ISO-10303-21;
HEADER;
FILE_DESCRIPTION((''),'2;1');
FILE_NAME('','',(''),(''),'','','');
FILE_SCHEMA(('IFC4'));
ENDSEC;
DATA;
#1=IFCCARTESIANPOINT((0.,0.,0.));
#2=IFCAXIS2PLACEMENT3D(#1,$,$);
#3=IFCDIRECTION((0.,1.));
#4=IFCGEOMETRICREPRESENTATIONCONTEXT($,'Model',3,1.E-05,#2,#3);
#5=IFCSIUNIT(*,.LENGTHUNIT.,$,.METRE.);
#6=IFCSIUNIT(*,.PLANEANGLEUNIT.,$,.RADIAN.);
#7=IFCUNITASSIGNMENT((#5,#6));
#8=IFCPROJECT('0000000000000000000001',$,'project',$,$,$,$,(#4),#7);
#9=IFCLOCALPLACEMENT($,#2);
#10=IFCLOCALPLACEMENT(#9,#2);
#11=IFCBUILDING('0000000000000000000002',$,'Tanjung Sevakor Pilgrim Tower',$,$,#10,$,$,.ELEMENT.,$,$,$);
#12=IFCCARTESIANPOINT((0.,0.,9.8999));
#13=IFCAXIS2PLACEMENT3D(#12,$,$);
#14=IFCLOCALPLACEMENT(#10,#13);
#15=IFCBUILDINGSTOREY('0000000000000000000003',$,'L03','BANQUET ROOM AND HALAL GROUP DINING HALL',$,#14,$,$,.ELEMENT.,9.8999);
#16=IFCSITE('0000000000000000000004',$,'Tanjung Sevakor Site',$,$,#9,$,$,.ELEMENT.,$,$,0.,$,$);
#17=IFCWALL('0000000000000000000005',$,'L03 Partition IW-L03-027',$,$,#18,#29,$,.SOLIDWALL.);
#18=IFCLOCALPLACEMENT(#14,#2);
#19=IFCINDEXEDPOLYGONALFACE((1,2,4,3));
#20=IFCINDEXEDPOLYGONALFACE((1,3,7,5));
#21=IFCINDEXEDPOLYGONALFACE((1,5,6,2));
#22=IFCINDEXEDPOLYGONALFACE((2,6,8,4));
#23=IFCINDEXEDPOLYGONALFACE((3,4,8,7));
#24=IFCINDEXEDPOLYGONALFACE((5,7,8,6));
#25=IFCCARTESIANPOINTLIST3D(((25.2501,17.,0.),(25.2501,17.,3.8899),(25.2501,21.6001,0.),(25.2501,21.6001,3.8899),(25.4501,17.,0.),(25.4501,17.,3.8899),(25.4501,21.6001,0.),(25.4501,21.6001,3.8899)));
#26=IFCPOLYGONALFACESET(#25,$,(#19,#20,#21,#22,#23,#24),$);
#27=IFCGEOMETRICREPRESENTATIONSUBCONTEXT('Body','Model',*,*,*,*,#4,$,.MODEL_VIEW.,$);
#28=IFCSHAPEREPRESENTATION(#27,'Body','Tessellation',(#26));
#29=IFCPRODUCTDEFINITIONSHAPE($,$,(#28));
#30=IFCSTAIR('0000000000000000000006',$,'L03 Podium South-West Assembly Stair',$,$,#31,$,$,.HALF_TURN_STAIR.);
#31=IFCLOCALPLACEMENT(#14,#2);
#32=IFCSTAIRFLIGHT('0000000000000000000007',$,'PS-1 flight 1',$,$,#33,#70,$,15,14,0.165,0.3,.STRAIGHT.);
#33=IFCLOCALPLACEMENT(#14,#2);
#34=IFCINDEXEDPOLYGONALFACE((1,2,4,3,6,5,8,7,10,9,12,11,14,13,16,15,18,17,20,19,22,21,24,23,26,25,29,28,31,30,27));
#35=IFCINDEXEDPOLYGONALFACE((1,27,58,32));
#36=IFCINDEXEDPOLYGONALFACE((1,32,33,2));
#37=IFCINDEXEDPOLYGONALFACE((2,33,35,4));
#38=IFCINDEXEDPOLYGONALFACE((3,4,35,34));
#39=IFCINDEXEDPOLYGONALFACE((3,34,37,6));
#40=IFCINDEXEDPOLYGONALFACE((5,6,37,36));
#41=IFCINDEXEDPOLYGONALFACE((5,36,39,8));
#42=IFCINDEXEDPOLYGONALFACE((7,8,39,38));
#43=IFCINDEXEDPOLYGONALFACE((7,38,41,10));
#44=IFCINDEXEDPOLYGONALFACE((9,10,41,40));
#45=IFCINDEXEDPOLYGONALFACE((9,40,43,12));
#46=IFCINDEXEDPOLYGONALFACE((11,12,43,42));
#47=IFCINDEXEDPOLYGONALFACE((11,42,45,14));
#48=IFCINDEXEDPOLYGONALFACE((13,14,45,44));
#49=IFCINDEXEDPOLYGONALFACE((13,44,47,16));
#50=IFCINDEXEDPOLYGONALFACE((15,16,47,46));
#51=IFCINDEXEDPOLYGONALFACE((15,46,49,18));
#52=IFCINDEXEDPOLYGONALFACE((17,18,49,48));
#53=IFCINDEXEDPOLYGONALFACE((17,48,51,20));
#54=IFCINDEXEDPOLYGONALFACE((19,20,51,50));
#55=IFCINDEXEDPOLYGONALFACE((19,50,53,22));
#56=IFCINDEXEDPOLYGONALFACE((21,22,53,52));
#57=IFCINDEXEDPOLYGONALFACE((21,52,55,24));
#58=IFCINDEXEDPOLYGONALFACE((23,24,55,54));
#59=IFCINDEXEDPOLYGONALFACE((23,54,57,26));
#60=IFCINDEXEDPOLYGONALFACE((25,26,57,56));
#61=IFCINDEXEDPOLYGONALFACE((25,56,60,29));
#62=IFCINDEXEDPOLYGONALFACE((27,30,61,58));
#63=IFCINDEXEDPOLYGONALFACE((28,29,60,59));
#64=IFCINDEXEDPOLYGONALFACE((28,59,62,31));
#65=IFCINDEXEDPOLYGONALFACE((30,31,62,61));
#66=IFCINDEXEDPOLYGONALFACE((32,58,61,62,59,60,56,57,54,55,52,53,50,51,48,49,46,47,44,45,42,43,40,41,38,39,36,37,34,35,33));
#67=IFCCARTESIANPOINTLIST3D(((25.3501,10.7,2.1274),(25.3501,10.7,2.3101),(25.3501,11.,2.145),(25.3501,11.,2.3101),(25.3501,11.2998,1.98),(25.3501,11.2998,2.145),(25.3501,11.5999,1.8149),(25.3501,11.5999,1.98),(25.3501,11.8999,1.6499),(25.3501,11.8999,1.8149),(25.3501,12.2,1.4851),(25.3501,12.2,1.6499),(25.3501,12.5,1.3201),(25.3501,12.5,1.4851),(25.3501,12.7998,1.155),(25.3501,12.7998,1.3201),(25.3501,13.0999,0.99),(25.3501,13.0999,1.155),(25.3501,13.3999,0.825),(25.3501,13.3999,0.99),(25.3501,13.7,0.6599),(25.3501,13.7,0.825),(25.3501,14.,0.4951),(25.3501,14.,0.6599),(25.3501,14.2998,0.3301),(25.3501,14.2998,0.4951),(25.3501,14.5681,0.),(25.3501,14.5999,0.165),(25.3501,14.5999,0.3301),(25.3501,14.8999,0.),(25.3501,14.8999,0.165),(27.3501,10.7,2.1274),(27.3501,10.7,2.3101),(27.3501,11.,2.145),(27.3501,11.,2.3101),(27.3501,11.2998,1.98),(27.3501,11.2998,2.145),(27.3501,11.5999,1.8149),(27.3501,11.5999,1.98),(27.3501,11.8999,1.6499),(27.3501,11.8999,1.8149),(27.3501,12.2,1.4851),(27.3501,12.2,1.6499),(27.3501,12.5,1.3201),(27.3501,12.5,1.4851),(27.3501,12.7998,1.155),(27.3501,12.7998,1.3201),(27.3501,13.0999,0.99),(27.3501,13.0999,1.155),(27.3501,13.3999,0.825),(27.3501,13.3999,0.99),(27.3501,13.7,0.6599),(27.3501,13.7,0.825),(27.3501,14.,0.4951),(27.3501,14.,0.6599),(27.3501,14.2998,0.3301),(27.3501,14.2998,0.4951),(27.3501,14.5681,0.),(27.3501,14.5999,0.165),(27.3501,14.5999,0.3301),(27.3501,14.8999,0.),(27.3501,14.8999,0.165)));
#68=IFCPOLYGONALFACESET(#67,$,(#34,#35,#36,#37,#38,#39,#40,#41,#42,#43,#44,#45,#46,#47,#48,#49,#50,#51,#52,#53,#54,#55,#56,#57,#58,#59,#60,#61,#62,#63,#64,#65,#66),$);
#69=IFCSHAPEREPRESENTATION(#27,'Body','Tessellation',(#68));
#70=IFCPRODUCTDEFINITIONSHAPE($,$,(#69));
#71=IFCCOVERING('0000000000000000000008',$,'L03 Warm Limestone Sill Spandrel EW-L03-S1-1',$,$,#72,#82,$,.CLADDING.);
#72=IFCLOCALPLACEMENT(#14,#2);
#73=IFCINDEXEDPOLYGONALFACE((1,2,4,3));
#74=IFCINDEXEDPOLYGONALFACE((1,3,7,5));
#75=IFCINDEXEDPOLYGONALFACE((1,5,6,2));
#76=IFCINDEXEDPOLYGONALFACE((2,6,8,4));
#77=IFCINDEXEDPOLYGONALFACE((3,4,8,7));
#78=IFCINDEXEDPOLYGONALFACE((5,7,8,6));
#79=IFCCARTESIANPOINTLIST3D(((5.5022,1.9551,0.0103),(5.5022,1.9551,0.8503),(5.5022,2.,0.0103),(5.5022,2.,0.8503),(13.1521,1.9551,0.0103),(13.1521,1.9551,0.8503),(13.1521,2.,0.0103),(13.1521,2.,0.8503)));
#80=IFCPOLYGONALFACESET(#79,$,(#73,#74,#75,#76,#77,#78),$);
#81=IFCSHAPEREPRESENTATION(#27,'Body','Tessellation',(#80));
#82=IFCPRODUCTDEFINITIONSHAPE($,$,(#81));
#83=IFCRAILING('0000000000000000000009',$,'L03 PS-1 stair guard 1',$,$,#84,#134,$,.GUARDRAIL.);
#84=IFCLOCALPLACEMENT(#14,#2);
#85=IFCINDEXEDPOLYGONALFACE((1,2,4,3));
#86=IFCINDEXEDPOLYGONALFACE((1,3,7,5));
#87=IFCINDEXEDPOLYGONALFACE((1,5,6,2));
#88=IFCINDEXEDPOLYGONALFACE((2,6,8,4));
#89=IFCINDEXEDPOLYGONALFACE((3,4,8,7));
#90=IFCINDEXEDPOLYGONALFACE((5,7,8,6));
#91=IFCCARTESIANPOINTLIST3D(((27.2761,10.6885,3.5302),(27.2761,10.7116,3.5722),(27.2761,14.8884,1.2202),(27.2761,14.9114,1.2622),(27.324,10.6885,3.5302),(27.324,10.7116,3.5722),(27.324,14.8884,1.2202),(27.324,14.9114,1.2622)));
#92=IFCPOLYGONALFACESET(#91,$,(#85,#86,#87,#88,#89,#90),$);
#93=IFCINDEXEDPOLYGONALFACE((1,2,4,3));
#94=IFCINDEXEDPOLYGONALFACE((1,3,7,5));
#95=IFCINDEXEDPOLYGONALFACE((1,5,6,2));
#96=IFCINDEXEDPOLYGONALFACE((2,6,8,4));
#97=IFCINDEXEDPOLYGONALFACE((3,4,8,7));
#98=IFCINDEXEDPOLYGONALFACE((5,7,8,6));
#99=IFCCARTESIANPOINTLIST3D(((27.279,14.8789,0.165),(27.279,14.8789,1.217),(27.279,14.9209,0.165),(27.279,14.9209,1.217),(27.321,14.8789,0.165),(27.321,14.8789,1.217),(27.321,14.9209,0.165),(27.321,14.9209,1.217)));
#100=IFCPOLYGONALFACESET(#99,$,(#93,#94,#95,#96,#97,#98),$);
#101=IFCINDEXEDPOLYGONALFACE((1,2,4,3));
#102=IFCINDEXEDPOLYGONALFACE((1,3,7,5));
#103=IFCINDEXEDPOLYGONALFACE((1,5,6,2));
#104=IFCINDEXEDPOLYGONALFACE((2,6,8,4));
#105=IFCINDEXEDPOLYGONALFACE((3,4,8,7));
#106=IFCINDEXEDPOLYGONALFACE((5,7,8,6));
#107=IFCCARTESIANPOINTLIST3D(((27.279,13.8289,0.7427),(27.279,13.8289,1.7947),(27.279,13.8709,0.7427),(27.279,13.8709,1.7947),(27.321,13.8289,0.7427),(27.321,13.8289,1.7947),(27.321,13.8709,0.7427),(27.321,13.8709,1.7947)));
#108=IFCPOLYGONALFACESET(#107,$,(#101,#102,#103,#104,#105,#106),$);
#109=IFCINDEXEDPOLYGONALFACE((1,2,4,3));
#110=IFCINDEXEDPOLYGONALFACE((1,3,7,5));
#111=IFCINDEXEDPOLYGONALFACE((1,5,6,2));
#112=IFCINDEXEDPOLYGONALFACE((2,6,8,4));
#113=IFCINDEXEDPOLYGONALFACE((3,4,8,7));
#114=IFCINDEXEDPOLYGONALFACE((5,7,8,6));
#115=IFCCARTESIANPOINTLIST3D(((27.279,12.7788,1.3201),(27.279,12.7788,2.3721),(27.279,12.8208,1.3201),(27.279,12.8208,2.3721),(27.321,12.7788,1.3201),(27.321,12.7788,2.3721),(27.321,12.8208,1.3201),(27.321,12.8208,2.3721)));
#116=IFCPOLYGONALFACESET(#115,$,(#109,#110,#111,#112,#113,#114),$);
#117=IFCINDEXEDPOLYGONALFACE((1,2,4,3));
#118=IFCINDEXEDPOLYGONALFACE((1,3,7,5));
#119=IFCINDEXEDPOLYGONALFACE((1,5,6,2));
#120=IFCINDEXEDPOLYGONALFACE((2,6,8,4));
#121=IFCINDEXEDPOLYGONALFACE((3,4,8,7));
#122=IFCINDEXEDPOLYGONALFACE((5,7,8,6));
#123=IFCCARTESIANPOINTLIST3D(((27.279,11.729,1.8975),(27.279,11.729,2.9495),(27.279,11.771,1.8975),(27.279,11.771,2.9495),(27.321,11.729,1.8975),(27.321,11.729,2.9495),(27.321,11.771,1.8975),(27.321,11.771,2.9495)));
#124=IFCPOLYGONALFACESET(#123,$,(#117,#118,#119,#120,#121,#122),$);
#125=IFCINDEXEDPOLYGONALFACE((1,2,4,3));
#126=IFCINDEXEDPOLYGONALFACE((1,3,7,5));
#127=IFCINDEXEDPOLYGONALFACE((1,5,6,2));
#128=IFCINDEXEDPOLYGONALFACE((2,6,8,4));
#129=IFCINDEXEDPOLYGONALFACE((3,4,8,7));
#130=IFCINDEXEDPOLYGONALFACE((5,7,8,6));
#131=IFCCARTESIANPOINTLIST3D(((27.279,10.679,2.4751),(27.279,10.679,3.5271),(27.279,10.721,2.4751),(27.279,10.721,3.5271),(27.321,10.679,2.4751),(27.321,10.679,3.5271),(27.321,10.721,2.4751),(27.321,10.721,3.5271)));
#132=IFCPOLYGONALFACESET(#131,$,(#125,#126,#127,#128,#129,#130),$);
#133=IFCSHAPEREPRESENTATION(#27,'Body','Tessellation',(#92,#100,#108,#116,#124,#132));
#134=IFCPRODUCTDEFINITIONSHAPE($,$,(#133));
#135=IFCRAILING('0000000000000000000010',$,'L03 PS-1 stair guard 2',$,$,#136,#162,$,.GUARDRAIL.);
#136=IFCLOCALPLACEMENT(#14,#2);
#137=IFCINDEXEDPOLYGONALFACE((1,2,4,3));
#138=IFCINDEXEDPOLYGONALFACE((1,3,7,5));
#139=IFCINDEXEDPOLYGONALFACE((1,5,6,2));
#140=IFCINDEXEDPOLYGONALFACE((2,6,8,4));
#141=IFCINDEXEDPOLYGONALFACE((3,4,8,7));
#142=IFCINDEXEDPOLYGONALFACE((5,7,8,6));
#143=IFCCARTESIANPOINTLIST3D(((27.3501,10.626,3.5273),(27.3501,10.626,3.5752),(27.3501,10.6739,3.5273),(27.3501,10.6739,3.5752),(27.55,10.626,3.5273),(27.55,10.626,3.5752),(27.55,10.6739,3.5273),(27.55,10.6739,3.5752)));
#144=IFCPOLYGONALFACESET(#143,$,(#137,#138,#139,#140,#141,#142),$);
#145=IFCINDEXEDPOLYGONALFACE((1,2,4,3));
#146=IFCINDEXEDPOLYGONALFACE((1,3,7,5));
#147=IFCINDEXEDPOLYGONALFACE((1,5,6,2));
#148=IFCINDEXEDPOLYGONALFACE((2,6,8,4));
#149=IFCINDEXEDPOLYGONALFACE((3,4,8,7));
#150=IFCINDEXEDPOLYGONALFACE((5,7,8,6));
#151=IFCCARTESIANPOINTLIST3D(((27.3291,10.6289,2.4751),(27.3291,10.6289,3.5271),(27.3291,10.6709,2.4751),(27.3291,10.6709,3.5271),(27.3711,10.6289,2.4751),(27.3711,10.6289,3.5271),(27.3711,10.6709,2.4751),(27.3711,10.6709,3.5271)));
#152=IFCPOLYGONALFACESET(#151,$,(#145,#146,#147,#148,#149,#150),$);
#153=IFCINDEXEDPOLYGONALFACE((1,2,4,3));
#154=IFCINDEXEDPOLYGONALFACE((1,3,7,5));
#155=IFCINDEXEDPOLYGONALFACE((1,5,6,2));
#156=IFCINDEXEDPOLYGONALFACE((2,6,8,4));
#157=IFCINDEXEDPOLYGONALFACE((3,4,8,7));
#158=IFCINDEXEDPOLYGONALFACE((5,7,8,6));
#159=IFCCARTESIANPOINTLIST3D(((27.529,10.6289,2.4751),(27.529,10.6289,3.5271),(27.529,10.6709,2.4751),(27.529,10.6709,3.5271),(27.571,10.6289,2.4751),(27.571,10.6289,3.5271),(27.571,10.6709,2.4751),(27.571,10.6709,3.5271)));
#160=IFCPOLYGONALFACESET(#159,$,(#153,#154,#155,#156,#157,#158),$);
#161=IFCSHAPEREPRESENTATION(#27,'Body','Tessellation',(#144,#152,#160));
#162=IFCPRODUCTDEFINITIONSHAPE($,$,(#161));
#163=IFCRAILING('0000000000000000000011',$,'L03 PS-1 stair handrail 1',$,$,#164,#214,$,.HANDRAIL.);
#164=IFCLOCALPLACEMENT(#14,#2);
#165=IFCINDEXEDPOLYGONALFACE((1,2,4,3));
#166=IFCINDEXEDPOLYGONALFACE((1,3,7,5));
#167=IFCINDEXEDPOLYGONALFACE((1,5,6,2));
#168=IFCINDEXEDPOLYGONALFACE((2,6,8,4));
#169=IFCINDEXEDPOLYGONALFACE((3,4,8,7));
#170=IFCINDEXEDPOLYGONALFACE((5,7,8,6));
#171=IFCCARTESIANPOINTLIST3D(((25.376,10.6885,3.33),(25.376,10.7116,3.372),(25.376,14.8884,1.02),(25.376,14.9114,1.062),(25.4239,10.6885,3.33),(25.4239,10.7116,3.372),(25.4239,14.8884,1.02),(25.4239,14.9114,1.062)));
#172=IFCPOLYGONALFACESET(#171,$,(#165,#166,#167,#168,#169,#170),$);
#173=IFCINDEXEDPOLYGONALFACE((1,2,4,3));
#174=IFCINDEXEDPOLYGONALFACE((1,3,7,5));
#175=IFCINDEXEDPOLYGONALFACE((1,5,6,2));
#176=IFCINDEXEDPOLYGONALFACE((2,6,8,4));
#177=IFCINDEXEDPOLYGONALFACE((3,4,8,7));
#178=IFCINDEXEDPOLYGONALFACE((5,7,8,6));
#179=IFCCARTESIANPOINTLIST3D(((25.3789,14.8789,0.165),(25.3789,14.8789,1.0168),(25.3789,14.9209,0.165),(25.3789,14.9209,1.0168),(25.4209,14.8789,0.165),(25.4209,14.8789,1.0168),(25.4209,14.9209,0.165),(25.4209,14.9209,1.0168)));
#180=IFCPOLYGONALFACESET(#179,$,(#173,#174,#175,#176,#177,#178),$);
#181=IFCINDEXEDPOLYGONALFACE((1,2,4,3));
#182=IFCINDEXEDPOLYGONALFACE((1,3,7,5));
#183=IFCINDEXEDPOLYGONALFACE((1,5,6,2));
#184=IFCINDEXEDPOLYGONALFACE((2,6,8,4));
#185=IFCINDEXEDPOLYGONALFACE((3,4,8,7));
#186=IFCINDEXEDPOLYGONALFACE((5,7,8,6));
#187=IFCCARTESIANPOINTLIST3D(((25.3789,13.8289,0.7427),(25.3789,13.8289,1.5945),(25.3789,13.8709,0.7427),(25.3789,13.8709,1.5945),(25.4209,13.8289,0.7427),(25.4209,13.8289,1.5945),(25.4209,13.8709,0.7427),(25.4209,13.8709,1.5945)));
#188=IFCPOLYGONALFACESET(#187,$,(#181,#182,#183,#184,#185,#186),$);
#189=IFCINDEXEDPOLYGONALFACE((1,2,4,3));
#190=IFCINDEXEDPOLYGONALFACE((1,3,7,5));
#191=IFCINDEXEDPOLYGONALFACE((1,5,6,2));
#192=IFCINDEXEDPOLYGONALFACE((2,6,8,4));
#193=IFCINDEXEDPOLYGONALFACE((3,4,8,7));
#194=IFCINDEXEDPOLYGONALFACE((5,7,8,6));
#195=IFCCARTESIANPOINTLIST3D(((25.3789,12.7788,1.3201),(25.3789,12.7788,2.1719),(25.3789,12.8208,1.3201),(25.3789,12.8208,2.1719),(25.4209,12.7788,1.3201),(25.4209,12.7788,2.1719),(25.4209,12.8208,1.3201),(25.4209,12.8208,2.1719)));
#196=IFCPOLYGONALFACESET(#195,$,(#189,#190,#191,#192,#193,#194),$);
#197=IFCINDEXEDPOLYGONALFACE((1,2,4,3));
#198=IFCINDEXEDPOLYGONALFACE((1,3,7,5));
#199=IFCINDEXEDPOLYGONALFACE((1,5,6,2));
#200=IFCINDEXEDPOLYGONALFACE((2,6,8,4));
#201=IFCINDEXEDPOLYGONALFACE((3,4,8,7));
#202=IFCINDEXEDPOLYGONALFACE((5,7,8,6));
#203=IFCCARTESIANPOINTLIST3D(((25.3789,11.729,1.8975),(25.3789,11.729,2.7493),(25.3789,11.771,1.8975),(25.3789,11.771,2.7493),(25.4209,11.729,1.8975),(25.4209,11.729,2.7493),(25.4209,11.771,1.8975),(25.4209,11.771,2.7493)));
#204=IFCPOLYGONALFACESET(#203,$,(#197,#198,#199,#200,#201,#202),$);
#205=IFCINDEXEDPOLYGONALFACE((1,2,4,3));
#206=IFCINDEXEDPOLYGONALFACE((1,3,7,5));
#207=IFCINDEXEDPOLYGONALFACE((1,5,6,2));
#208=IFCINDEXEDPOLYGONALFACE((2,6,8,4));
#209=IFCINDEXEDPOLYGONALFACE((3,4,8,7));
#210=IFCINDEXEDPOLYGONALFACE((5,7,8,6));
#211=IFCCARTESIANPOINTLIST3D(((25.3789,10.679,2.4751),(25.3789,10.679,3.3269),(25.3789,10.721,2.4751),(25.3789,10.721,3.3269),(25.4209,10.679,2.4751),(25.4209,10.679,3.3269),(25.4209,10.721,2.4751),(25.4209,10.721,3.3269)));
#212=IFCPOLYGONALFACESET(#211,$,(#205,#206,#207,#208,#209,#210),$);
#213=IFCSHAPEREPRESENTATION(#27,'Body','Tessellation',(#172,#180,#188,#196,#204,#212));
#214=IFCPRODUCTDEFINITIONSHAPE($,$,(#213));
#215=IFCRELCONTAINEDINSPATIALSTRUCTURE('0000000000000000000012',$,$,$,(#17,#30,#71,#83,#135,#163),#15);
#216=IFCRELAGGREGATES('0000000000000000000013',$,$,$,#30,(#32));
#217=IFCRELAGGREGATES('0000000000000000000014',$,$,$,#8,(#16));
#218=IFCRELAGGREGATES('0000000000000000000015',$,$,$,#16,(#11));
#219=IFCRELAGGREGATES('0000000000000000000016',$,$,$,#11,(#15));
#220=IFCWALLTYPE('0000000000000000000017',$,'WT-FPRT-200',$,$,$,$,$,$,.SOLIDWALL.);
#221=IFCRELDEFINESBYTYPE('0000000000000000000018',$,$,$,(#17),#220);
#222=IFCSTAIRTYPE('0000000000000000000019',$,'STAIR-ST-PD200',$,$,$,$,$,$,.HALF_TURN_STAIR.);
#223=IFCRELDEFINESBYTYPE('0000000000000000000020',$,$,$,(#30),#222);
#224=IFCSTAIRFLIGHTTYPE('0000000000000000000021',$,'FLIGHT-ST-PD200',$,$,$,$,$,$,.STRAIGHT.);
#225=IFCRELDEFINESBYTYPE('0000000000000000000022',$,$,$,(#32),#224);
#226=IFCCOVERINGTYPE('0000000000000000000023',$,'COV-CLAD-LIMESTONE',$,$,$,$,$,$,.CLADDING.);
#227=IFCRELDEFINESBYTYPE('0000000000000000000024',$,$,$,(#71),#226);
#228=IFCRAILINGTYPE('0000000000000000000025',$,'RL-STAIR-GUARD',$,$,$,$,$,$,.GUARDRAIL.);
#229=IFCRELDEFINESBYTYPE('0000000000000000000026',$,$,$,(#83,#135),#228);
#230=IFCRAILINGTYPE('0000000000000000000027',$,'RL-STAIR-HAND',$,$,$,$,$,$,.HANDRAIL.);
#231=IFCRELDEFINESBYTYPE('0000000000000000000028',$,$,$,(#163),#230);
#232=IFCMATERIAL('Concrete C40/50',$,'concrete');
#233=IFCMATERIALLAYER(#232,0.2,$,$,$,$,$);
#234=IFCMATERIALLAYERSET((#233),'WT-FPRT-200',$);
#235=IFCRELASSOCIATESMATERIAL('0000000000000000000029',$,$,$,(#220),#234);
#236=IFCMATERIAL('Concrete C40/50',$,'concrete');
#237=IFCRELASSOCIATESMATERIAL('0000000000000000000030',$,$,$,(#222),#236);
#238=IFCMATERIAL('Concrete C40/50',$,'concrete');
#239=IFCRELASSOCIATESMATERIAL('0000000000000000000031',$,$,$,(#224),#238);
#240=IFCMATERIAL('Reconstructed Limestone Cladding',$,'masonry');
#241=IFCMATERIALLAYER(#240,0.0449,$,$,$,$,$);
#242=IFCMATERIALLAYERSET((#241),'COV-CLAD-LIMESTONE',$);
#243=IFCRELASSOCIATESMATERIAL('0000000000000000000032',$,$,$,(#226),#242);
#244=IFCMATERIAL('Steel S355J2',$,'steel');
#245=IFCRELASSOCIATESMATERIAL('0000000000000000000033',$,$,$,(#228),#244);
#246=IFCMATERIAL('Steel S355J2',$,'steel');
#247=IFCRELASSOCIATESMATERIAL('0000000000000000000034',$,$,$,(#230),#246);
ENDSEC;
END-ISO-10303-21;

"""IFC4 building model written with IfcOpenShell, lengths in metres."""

from ifc_helpers import new_model, si_unit, direction, frame, frame_2d, origin, origin_2d, place, context, subcontext, project, spatial, polyline, rectangle, outline, extrude, material, layer, layer_set, type_object, element, aggregate, save


model = new_model("IFC4")

# Units and contexts
model_context = context("Model", 3, precision=1e-05, world=origin(), true_north=direction((0.0, 1.0)))
body_context = subcontext(model_context, "Body", "Model", "MODEL_VIEW")
ifc_project = project(units=[si_unit("LENGTHUNIT", "METRE"), si_unit("PLANEANGLEUNIT", "RADIAN")], contexts=[model_context])

# Site, building, storey
site_placement = place(None, origin())
site = spatial("IfcSite", under=ifc_project, at=site_placement, Name="Tanjung Sevakor Site", CompositionType="ELEMENT", RefElevation=0.0)
building_placement = place(site_placement, origin())
building = spatial("IfcBuilding", under=site, at=building_placement, Name="Tanjung Sevakor Pilgrim Tower", CompositionType="ELEMENT")
storey_placement = place(building_placement, frame((0.0, 0.0, 9.8999)))
storey = spatial("IfcBuildingStorey", under=building, at=storey_placement, Name="L03", Description="BANQUET ROOM AND HALAL GROUP DINING HALL", CompositionType="ELEMENT", Elevation=9.8999)

# Wall
ifc_material_1 = material(Name="Concrete C40/50", Category="concrete")
ifc_layer_1 = layer(ifc_material_1, 0.2)
ifc_layer_set_1 = layer_set([ifc_layer_1], Name="WT-FPRT-200")
wall_type_1 = type_object("IfcWallType", Name="WT-FPRT-200", PredefinedType="SOLIDWALL", material=ifc_layer_set_1)
wall_1_placement = place(storey_placement, frame((25.3501, 17.0, 0.0), z_axis=(0.0, 0.0, 1.0), x_axis=(0.0, 1.0, 0.0)))
element("IfcWall", 1, at=wall_1_placement, inside=storey, type_object=wall_type_1, Name="L03 Partition IW-L03-027", PredefinedType="SOLIDWALL", context=body_context, shape_type="SweptSolid", body=[
    extrude(rectangle(XDim=4.6001, YDim=0.2, at=frame_2d((2.3, 0.0))), origin(), (0.0, 0.0, 1.0), 3.8899),
])

# Stair, stair flight
ifc_material_2 = material(Name="Concrete C40/50", Category="concrete")
stair_type = type_object("IfcStairType", Name="STAIR-ST-PD200", PredefinedType="HALF_TURN_STAIR", material=ifc_material_2)
stair_placement = place(storey_placement, origin())
stair = element("IfcStair", 2, at=stair_placement, inside=storey, type_object=stair_type, Name="L03 Podium South-West Assembly Stair", PredefinedType="HALF_TURN_STAIR")
ifc_material_3 = material(Name="Concrete C40/50", Category="concrete")
stair_flight_type = type_object("IfcStairFlightType", Name="FLIGHT-ST-PD200", PredefinedType="STRAIGHT", material=ifc_material_3)
stair_flight_placement = place(storey_placement, frame((26.3501, 14.8999, 0.0), z_axis=(0.0, 0.0, 1.0), x_axis=(0.0, -1.0, 0.0)))
stair_flight = element("IfcStairFlight", 3, at=stair_flight_placement, type_object=stair_flight_type, Name="PS-1 flight 1", NumberOfRisers=15, NumberOfTreads=14, PredefinedType="STRAIGHT", RiserHeight=0.165, TreadLength=0.3, context=body_context, shape_type="SweptSolid", body=[
    extrude(outline(polyline([(0.0, 0.0), (0.0, 0.165), (0.3, 0.165), (0.3, 0.3301), (0.6001, 0.3301), (0.6001, 0.4951), (0.8999, 0.4951), (0.8999, 0.6599), (1.2, 0.6599), (1.2, 0.825), (1.5, 0.825), (1.5, 0.99), (1.8, 0.99), (1.8, 1.155), (2.1001, 1.155), (2.1001, 1.3201), (2.3999, 1.3201), (2.3999, 1.4851), (2.7, 1.4851), (2.7, 1.6499), (3.0, 1.6499), (3.0, 1.8149), (3.3, 1.8149), (3.3, 1.98), (3.6001, 1.98), (3.6001, 2.145), (3.8999, 2.145), (3.8999, 2.3101), (4.2, 2.3101), (4.2, 2.4751), (4.2, 2.1274), (0.3318, 0.0), (0.0, 0.0)])), frame((0.0, 1.0, 0.0), z_axis=(0.0, -1.0, 0.0), x_axis=(1.0, 0.0, 0.0)), (0.0, 0.0, 1.0), 2.0),
])
aggregate(stair, [stair_flight])

# Covering
ifc_material_4 = material(Name="Reconstructed Limestone Cladding", Category="masonry")
ifc_layer_2 = layer(ifc_material_4, 0.0449)
ifc_layer_set_2 = layer_set([ifc_layer_2], Name="COV-CLAD-LIMESTONE")
covering_type = type_object("IfcCoveringType", Name="COV-CLAD-LIMESTONE", PredefinedType="CLADDING", material=ifc_layer_set_2)
covering_placement = place(storey_placement, frame((9.3271, 1.9775, 0.0103), z_axis=(0.0, 0.0, 1.0), x_axis=(1.0, 0.0, 0.0)))
element("IfcCovering", 4, at=covering_placement, inside=storey, type_object=covering_type, Name="L03 Warm Limestone Sill Spandrel EW-L03-S1-1", PredefinedType="CLADDING", context=body_context, shape_type="SweptSolid", body=[
    extrude(rectangle(XDim=7.6499, YDim=0.0449, at=origin_2d()), origin(), (0.0, 0.0, 1.0), 0.8401),
])

# Railings
ifc_material_5 = material(Name="Steel S355J2", Category="steel")
railing_type_1 = type_object("IfcRailingType", Name="RL-STAIR-GUARD", PredefinedType="GUARDRAIL", material=ifc_material_5)
railing_1_placement = place(storey_placement, frame((27.3, 14.8999, 0.165)))
element("IfcRailing", 5, at=railing_1_placement, inside=storey, type_object=railing_type_1, Name="L03 PS-1 stair guard 1", PredefinedType="GUARDRAIL", context=body_context, shape_type="SweptSolid", body=[
    extrude(rectangle(XDim=0.0479, YDim=0.0479), frame((0.0, 0.0, 1.0762), z_axis=(0.0, -0.876208, 0.481932), x_axis=(1.0, 0.0, 0.0)), (0.0, 0.0, 1.0), 4.7932),
    extrude(rectangle(XDim=0.042, YDim=0.042), origin(), (0.0, 0.0, 1.0), 1.052),
    extrude(rectangle(XDim=0.042, YDim=0.042), frame((0.0, -1.05, 0.5776)), (0.0, 0.0, 1.0), 1.052),
    extrude(rectangle(XDim=0.042, YDim=0.042), frame((0.0, -2.1001, 1.155)), (0.0, 0.0, 1.0), 1.052),
    extrude(rectangle(XDim=0.042, YDim=0.042), frame((0.0, -3.1499, 1.7324)), (0.0, 0.0, 1.0), 1.052),
    extrude(rectangle(XDim=0.042, YDim=0.042), frame((0.0, -4.2, 2.3101)), (0.0, 0.0, 1.0), 1.052),
])
railing_2_placement = place(storey_placement, frame((27.3501, 10.6499, 2.4751)))
element("IfcRailing", 6, at=railing_2_placement, inside=storey, type_object=railing_type_1, Name="L03 PS-1 stair guard 2", PredefinedType="GUARDRAIL", context=body_context, shape_type="SweptSolid", body=[
    extrude(rectangle(XDim=0.0479, YDim=0.0479), frame((0.0, 0.0, 1.0762), z_axis=(1.0, 0.0, 0.0), x_axis=(0.0, 1.0, 0.0)), (0.0, 0.0, 1.0), 0.2),
    extrude(rectangle(XDim=0.042, YDim=0.042), origin(), (0.0, 0.0, 1.0), 1.052),
    extrude(rectangle(XDim=0.042, YDim=0.042), frame((0.2, 0.0, 0.0)), (0.0, 0.0, 1.0), 1.052),
])
ifc_material_6 = material(Name="Steel S355J2", Category="steel")
railing_type_2 = type_object("IfcRailingType", Name="RL-STAIR-HAND", PredefinedType="HANDRAIL", material=ifc_material_6)
railing_3_placement = place(storey_placement, frame((25.3999, 14.8999, 0.165)))
element("IfcRailing", 7, at=railing_3_placement, inside=storey, type_object=railing_type_2, Name="L03 PS-1 stair handrail 1", PredefinedType="HANDRAIL", context=body_context, shape_type="SweptSolid", body=[
    extrude(rectangle(XDim=0.0479, YDim=0.0479), frame((0.0, 0.0, 0.876), z_axis=(0.0, -0.876208, 0.481932), x_axis=(1.0, 0.0, 0.0)), (0.0, 0.0, 1.0), 4.7932),
    extrude(rectangle(XDim=0.042, YDim=0.042), origin(), (0.0, 0.0, 1.0), 0.8518),
    extrude(rectangle(XDim=0.042, YDim=0.042), frame((0.0, -1.05, 0.5776)), (0.0, 0.0, 1.0), 0.8518),
    extrude(rectangle(XDim=0.042, YDim=0.042), frame((0.0, -2.1001, 1.155)), (0.0, 0.0, 1.0), 0.8518),
    extrude(rectangle(XDim=0.042, YDim=0.042), frame((0.0, -3.1499, 1.7324)), (0.0, 0.0, 1.0), 0.8518),
    extrude(rectangle(XDim=0.042, YDim=0.042), frame((0.0, -4.2, 2.3101)), (0.0, 0.0, 1.0), 0.8518),
])

save(model, "model.ifc")
